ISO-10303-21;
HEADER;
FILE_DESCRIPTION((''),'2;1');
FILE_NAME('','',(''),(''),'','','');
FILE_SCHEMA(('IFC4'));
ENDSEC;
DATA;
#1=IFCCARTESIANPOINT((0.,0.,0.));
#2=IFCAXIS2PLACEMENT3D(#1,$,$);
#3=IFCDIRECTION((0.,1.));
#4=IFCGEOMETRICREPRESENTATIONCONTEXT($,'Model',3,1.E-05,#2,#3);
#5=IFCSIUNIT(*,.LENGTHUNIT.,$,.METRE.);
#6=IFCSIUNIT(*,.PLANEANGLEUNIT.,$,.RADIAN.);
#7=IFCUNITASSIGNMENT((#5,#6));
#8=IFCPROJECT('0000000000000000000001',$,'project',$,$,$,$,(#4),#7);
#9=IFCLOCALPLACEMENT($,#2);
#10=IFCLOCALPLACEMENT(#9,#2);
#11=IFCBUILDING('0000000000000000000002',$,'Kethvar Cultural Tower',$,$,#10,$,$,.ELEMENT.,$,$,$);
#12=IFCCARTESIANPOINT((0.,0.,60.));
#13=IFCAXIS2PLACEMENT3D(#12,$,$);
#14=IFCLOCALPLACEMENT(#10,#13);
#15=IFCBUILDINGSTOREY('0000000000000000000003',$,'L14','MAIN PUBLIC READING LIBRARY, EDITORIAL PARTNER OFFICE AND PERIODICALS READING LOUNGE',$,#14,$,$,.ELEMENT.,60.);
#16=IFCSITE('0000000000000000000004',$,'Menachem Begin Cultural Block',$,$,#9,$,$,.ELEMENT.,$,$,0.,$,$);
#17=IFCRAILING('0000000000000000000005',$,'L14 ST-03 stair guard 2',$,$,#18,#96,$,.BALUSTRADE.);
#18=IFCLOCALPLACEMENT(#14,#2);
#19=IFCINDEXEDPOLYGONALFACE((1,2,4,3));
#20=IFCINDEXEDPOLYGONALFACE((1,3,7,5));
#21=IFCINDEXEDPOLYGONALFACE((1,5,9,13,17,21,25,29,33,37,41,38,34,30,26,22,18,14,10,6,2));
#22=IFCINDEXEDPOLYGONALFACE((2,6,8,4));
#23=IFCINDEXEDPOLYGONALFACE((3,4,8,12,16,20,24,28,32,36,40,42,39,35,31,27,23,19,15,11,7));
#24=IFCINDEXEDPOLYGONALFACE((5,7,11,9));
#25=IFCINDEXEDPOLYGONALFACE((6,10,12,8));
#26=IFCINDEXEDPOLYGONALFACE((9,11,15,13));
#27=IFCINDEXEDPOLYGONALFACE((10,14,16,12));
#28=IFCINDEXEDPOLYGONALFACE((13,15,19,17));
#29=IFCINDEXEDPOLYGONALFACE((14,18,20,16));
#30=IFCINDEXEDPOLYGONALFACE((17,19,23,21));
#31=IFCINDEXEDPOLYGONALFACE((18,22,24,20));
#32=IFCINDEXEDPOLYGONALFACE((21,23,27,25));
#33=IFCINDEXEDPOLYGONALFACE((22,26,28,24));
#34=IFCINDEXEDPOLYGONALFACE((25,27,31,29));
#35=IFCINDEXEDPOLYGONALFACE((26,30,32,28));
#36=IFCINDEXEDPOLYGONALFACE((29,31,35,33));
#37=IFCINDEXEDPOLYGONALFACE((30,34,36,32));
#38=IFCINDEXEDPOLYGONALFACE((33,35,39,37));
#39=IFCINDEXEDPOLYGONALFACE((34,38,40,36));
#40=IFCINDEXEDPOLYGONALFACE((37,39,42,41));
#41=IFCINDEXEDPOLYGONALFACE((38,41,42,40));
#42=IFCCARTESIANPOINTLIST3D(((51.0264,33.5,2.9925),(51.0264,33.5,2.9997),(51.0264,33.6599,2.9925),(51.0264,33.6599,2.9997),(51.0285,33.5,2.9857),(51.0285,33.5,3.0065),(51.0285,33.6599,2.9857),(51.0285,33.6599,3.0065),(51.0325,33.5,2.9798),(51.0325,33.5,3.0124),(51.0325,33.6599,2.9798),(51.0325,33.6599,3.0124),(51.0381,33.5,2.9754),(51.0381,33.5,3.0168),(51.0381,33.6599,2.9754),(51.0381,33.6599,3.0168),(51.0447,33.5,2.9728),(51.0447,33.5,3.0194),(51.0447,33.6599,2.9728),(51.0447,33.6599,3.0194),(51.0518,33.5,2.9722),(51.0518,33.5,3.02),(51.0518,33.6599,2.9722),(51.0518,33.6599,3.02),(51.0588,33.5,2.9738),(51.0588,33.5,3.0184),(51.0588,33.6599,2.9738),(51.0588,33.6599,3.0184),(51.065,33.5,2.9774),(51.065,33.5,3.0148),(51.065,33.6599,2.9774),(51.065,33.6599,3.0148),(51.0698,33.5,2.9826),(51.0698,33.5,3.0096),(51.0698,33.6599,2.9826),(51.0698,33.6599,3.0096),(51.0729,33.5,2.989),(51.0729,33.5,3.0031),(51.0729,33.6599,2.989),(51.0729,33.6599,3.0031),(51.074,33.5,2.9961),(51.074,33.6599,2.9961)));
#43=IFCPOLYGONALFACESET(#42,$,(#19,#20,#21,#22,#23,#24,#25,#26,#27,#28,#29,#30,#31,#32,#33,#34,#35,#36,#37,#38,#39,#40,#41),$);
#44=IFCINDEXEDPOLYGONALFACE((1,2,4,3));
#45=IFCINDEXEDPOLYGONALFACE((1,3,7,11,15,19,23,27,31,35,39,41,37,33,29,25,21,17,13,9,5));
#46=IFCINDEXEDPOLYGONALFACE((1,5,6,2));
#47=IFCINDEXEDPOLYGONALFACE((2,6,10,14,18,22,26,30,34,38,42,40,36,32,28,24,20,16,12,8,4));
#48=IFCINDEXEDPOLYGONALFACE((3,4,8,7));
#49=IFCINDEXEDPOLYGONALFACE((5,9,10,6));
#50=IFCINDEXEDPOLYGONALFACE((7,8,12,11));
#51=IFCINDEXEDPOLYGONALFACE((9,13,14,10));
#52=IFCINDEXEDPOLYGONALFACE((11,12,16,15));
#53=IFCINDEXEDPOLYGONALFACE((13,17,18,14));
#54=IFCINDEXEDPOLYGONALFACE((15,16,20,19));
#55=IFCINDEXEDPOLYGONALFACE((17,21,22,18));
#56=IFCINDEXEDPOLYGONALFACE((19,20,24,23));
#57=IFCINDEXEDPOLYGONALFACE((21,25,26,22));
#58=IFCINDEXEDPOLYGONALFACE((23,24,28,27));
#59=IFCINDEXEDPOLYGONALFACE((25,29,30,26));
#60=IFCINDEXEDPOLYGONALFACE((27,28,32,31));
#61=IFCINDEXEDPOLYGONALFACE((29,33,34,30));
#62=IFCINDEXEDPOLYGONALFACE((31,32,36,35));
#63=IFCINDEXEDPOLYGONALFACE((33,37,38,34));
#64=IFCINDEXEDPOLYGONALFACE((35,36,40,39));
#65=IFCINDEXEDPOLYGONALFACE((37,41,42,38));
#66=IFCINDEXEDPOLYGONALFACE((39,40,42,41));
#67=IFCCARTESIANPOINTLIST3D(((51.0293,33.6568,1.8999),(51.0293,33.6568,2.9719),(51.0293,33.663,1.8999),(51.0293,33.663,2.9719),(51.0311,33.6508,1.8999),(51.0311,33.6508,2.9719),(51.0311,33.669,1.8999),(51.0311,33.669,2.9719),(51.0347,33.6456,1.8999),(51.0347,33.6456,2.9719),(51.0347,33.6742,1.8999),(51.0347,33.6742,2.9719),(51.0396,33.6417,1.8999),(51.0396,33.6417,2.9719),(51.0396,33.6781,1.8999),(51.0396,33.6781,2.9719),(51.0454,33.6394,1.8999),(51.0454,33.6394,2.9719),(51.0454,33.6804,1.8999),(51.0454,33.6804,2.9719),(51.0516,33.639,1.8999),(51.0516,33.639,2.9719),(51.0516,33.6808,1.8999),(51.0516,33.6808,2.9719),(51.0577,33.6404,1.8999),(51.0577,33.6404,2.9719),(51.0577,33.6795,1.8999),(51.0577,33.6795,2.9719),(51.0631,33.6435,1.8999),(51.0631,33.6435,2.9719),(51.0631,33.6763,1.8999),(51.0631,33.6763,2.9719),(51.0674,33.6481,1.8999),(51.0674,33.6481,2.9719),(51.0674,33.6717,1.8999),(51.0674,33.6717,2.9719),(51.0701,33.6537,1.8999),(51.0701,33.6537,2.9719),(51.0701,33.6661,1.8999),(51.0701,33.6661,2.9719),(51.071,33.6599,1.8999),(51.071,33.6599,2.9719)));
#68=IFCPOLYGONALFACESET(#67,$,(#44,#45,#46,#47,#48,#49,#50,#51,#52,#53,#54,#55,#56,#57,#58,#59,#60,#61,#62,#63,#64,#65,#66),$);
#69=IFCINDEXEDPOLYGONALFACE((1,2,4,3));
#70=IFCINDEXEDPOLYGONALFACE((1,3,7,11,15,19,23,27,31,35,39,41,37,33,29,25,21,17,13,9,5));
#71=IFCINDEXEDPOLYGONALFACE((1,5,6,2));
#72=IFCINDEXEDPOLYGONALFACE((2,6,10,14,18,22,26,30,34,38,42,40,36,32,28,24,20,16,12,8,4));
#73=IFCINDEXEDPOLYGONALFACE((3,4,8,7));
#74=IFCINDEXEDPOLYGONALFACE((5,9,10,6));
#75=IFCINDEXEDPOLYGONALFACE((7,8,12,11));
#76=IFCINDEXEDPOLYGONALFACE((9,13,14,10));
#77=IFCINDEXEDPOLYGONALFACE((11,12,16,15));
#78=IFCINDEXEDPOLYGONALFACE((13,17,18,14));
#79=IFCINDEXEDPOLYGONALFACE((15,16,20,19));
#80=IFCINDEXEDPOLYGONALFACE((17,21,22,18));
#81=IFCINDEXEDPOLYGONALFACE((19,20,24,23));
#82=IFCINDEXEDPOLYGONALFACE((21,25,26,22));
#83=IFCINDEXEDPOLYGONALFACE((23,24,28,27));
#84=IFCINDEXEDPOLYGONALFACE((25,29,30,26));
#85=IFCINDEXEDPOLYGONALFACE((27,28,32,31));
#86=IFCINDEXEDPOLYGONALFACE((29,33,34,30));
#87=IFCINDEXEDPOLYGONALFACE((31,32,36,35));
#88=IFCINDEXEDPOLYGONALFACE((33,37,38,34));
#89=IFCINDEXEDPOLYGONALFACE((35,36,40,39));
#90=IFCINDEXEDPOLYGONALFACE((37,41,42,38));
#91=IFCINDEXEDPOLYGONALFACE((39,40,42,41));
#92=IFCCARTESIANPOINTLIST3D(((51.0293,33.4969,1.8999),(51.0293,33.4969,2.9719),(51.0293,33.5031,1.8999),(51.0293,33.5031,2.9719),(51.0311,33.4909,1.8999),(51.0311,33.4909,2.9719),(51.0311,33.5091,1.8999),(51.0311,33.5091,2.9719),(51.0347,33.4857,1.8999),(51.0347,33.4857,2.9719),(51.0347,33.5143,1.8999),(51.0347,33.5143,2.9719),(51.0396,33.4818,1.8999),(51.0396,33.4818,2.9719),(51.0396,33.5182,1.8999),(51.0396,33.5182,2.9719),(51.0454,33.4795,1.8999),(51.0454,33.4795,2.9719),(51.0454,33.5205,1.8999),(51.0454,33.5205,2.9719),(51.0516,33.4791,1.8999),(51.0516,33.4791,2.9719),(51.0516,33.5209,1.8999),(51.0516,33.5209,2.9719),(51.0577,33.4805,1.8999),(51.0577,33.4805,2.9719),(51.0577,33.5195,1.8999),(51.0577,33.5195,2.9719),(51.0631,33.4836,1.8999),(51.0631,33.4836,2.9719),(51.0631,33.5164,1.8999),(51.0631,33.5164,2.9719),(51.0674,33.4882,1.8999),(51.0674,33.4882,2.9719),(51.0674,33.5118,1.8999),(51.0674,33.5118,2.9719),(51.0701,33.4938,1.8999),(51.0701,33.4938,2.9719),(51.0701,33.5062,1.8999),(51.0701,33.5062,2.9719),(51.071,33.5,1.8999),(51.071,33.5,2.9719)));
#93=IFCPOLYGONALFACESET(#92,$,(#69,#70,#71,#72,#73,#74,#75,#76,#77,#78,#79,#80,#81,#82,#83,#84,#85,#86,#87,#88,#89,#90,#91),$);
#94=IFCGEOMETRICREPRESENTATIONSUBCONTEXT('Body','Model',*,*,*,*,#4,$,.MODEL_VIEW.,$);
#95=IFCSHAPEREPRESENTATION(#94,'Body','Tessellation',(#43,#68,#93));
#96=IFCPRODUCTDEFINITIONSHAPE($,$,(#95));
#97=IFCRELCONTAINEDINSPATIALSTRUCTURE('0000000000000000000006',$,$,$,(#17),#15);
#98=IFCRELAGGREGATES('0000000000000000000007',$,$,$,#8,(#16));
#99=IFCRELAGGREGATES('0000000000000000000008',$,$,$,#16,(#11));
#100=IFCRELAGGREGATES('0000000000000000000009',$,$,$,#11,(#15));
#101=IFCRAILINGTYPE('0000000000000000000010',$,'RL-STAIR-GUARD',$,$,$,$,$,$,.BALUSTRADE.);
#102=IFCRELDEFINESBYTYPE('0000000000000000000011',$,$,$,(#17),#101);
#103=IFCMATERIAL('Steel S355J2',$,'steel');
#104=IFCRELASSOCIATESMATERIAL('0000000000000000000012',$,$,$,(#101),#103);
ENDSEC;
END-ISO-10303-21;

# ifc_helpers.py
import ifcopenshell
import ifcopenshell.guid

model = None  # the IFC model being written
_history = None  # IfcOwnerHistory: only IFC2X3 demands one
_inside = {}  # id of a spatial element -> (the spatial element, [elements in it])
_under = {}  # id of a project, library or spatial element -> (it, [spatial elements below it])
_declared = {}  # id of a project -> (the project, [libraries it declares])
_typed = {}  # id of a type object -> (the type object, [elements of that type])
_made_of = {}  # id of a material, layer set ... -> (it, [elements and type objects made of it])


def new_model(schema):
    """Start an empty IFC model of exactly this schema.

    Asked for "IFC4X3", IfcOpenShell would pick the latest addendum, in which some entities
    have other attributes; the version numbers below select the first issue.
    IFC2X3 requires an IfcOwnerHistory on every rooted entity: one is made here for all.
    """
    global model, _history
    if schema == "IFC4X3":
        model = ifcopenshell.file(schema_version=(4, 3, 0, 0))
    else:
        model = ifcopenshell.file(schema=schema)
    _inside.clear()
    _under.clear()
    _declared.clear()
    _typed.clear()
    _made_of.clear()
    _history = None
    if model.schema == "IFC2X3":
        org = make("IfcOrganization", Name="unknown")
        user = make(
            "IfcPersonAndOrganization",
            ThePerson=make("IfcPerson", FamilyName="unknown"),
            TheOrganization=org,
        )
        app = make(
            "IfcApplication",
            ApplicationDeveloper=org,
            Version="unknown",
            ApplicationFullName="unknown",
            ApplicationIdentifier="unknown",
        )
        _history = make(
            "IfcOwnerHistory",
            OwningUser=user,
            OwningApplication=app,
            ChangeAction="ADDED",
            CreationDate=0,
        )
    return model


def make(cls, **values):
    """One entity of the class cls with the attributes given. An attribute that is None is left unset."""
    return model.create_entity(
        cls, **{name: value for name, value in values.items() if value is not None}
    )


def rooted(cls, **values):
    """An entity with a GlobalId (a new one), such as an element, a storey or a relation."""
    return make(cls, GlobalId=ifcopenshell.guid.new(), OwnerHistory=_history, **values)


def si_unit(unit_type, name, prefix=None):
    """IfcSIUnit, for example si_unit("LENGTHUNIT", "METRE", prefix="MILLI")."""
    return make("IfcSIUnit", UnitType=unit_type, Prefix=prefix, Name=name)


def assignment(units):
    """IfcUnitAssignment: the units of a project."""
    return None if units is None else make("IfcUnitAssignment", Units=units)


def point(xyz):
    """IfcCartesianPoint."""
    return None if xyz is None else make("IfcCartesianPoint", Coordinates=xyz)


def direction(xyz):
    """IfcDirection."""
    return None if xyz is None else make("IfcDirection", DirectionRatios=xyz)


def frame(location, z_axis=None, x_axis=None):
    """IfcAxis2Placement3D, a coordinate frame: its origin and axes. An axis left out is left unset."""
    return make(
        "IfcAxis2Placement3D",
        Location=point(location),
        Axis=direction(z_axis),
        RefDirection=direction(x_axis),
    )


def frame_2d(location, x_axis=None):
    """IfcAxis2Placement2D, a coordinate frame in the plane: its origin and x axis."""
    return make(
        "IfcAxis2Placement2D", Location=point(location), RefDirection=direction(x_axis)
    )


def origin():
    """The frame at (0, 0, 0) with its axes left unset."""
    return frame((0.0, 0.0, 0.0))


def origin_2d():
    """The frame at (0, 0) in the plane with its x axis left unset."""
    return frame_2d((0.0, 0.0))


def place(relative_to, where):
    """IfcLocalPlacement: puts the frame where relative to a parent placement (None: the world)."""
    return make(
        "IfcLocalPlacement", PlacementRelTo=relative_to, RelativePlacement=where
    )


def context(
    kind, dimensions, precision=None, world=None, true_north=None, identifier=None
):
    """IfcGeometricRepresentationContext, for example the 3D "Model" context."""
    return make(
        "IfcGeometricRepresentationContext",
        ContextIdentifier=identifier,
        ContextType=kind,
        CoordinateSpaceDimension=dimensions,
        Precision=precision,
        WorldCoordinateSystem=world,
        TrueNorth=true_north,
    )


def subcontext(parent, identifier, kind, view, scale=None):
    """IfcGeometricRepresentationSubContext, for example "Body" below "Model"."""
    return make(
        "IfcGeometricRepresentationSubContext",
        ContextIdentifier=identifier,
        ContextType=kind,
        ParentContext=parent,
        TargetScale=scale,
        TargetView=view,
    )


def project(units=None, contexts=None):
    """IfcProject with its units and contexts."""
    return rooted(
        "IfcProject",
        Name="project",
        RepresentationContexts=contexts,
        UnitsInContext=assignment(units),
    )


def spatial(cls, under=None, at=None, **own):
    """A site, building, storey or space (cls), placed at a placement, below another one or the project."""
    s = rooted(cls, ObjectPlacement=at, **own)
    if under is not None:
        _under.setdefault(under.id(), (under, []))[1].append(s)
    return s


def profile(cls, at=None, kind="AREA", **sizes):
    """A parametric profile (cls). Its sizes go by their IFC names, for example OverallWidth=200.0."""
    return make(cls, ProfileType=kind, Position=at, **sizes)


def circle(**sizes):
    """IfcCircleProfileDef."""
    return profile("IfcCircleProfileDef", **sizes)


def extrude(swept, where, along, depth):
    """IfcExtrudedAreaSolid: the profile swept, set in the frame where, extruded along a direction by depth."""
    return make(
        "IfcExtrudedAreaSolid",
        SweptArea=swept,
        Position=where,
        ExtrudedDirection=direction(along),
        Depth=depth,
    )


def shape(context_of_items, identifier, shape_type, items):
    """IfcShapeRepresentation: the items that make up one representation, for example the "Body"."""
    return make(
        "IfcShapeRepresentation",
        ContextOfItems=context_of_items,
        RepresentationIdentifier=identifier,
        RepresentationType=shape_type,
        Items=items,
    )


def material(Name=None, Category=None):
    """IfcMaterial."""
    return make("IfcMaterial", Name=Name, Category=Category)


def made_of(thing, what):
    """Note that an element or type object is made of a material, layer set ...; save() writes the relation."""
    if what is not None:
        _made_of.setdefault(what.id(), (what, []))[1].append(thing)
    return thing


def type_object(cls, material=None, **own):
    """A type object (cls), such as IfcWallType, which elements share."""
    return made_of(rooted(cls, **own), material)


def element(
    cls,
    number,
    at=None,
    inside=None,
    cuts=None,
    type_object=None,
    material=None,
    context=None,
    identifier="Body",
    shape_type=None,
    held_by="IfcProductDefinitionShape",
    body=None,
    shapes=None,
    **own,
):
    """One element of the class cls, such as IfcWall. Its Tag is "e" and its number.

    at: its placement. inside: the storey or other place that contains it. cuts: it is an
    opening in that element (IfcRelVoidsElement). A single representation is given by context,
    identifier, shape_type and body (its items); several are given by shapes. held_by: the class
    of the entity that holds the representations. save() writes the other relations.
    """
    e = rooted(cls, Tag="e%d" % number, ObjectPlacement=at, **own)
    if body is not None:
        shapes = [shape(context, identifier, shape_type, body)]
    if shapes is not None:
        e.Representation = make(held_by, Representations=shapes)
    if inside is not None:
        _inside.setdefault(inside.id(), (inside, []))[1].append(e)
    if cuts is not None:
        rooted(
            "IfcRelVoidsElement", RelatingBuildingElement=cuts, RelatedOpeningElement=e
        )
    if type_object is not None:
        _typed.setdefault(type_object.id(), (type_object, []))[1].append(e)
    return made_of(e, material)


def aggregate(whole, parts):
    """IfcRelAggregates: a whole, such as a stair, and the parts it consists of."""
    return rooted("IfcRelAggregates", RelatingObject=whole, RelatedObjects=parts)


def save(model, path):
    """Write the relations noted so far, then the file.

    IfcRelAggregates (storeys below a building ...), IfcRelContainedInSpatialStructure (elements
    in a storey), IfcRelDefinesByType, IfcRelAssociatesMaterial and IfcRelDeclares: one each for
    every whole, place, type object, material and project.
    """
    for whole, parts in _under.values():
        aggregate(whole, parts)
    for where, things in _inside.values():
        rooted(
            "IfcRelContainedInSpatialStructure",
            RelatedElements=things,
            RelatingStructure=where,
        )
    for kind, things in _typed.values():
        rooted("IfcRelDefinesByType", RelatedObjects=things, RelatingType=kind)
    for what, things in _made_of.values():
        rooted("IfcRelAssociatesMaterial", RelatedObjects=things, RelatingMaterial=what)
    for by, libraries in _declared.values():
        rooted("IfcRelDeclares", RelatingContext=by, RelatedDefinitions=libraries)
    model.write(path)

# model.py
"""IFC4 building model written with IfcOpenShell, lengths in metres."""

from ifc_helpers import new_model, si_unit, direction, frame, origin, origin_2d, place, context, subcontext, project, spatial, circle, extrude, material, type_object, element, save


model = new_model("IFC4")

# Units and contexts
model_context = context("Model", 3, precision=1e-05, world=origin(), true_north=direction((0.0, 1.0)))
body_context = subcontext(model_context, "Body", "Model", "MODEL_VIEW")
ifc_project = project(units=[si_unit("LENGTHUNIT", "METRE"), si_unit("PLANEANGLEUNIT", "RADIAN")], contexts=[model_context])

# Site, building, storey
site_placement = place(None, origin())
site = spatial("IfcSite", under=ifc_project, at=site_placement, Name="Menachem Begin Cultural Block", CompositionType="ELEMENT", RefElevation=0.0)
building_placement = place(site_placement, origin())
building = spatial("IfcBuilding", under=site, at=building_placement, Name="Kethvar Cultural Tower", CompositionType="ELEMENT")
storey_placement = place(building_placement, frame((0.0, 0.0, 60.0)))
storey = spatial("IfcBuildingStorey", under=building, at=storey_placement, Name="L14", Description="MAIN PUBLIC READING LIBRARY, EDITORIAL PARTNER OFFICE AND PERIODICALS READING LOUNGE", CompositionType="ELEMENT", Elevation=60.0)

# Shared definitions
ifc_material_1 = material(Name="Steel S355J2", Category="steel")

# Railing
railing_type_1 = type_object("IfcRailingType", Name="RL-STAIR-GUARD", PredefinedType="BALUSTRADE", material=ifc_material_1)
railing_1_placement = place(storey_placement, frame((51.05, 33.6599, 1.8999)))
element("IfcRailing", 1, at=railing_1_placement, inside=storey, type_object=railing_type_1, Name="L14 ST-03 stair guard 2", PredefinedType="BALUSTRADE", context=body_context, shape_type="SweptSolid", body=[
    extrude(circle(Radius=0.0239, at=origin_2d()), frame((0.0, 0.0, 1.0962), z_axis=(0.0, -1.0, 0.0), x_axis=(1.0, 0.0, 0.0)), (0.0, 0.0, 1.0), 0.1599),
    extrude(circle(Radius=0.021, at=origin_2d()), origin(), (0.0, 0.0, 1.0), 1.072),
    extrude(circle(Radius=0.021, at=origin_2d()), frame((0.0, -0.1599, 0.0)), (0.0, 0.0, 1.0), 1.072),
])

save(model, "model.ifc")
